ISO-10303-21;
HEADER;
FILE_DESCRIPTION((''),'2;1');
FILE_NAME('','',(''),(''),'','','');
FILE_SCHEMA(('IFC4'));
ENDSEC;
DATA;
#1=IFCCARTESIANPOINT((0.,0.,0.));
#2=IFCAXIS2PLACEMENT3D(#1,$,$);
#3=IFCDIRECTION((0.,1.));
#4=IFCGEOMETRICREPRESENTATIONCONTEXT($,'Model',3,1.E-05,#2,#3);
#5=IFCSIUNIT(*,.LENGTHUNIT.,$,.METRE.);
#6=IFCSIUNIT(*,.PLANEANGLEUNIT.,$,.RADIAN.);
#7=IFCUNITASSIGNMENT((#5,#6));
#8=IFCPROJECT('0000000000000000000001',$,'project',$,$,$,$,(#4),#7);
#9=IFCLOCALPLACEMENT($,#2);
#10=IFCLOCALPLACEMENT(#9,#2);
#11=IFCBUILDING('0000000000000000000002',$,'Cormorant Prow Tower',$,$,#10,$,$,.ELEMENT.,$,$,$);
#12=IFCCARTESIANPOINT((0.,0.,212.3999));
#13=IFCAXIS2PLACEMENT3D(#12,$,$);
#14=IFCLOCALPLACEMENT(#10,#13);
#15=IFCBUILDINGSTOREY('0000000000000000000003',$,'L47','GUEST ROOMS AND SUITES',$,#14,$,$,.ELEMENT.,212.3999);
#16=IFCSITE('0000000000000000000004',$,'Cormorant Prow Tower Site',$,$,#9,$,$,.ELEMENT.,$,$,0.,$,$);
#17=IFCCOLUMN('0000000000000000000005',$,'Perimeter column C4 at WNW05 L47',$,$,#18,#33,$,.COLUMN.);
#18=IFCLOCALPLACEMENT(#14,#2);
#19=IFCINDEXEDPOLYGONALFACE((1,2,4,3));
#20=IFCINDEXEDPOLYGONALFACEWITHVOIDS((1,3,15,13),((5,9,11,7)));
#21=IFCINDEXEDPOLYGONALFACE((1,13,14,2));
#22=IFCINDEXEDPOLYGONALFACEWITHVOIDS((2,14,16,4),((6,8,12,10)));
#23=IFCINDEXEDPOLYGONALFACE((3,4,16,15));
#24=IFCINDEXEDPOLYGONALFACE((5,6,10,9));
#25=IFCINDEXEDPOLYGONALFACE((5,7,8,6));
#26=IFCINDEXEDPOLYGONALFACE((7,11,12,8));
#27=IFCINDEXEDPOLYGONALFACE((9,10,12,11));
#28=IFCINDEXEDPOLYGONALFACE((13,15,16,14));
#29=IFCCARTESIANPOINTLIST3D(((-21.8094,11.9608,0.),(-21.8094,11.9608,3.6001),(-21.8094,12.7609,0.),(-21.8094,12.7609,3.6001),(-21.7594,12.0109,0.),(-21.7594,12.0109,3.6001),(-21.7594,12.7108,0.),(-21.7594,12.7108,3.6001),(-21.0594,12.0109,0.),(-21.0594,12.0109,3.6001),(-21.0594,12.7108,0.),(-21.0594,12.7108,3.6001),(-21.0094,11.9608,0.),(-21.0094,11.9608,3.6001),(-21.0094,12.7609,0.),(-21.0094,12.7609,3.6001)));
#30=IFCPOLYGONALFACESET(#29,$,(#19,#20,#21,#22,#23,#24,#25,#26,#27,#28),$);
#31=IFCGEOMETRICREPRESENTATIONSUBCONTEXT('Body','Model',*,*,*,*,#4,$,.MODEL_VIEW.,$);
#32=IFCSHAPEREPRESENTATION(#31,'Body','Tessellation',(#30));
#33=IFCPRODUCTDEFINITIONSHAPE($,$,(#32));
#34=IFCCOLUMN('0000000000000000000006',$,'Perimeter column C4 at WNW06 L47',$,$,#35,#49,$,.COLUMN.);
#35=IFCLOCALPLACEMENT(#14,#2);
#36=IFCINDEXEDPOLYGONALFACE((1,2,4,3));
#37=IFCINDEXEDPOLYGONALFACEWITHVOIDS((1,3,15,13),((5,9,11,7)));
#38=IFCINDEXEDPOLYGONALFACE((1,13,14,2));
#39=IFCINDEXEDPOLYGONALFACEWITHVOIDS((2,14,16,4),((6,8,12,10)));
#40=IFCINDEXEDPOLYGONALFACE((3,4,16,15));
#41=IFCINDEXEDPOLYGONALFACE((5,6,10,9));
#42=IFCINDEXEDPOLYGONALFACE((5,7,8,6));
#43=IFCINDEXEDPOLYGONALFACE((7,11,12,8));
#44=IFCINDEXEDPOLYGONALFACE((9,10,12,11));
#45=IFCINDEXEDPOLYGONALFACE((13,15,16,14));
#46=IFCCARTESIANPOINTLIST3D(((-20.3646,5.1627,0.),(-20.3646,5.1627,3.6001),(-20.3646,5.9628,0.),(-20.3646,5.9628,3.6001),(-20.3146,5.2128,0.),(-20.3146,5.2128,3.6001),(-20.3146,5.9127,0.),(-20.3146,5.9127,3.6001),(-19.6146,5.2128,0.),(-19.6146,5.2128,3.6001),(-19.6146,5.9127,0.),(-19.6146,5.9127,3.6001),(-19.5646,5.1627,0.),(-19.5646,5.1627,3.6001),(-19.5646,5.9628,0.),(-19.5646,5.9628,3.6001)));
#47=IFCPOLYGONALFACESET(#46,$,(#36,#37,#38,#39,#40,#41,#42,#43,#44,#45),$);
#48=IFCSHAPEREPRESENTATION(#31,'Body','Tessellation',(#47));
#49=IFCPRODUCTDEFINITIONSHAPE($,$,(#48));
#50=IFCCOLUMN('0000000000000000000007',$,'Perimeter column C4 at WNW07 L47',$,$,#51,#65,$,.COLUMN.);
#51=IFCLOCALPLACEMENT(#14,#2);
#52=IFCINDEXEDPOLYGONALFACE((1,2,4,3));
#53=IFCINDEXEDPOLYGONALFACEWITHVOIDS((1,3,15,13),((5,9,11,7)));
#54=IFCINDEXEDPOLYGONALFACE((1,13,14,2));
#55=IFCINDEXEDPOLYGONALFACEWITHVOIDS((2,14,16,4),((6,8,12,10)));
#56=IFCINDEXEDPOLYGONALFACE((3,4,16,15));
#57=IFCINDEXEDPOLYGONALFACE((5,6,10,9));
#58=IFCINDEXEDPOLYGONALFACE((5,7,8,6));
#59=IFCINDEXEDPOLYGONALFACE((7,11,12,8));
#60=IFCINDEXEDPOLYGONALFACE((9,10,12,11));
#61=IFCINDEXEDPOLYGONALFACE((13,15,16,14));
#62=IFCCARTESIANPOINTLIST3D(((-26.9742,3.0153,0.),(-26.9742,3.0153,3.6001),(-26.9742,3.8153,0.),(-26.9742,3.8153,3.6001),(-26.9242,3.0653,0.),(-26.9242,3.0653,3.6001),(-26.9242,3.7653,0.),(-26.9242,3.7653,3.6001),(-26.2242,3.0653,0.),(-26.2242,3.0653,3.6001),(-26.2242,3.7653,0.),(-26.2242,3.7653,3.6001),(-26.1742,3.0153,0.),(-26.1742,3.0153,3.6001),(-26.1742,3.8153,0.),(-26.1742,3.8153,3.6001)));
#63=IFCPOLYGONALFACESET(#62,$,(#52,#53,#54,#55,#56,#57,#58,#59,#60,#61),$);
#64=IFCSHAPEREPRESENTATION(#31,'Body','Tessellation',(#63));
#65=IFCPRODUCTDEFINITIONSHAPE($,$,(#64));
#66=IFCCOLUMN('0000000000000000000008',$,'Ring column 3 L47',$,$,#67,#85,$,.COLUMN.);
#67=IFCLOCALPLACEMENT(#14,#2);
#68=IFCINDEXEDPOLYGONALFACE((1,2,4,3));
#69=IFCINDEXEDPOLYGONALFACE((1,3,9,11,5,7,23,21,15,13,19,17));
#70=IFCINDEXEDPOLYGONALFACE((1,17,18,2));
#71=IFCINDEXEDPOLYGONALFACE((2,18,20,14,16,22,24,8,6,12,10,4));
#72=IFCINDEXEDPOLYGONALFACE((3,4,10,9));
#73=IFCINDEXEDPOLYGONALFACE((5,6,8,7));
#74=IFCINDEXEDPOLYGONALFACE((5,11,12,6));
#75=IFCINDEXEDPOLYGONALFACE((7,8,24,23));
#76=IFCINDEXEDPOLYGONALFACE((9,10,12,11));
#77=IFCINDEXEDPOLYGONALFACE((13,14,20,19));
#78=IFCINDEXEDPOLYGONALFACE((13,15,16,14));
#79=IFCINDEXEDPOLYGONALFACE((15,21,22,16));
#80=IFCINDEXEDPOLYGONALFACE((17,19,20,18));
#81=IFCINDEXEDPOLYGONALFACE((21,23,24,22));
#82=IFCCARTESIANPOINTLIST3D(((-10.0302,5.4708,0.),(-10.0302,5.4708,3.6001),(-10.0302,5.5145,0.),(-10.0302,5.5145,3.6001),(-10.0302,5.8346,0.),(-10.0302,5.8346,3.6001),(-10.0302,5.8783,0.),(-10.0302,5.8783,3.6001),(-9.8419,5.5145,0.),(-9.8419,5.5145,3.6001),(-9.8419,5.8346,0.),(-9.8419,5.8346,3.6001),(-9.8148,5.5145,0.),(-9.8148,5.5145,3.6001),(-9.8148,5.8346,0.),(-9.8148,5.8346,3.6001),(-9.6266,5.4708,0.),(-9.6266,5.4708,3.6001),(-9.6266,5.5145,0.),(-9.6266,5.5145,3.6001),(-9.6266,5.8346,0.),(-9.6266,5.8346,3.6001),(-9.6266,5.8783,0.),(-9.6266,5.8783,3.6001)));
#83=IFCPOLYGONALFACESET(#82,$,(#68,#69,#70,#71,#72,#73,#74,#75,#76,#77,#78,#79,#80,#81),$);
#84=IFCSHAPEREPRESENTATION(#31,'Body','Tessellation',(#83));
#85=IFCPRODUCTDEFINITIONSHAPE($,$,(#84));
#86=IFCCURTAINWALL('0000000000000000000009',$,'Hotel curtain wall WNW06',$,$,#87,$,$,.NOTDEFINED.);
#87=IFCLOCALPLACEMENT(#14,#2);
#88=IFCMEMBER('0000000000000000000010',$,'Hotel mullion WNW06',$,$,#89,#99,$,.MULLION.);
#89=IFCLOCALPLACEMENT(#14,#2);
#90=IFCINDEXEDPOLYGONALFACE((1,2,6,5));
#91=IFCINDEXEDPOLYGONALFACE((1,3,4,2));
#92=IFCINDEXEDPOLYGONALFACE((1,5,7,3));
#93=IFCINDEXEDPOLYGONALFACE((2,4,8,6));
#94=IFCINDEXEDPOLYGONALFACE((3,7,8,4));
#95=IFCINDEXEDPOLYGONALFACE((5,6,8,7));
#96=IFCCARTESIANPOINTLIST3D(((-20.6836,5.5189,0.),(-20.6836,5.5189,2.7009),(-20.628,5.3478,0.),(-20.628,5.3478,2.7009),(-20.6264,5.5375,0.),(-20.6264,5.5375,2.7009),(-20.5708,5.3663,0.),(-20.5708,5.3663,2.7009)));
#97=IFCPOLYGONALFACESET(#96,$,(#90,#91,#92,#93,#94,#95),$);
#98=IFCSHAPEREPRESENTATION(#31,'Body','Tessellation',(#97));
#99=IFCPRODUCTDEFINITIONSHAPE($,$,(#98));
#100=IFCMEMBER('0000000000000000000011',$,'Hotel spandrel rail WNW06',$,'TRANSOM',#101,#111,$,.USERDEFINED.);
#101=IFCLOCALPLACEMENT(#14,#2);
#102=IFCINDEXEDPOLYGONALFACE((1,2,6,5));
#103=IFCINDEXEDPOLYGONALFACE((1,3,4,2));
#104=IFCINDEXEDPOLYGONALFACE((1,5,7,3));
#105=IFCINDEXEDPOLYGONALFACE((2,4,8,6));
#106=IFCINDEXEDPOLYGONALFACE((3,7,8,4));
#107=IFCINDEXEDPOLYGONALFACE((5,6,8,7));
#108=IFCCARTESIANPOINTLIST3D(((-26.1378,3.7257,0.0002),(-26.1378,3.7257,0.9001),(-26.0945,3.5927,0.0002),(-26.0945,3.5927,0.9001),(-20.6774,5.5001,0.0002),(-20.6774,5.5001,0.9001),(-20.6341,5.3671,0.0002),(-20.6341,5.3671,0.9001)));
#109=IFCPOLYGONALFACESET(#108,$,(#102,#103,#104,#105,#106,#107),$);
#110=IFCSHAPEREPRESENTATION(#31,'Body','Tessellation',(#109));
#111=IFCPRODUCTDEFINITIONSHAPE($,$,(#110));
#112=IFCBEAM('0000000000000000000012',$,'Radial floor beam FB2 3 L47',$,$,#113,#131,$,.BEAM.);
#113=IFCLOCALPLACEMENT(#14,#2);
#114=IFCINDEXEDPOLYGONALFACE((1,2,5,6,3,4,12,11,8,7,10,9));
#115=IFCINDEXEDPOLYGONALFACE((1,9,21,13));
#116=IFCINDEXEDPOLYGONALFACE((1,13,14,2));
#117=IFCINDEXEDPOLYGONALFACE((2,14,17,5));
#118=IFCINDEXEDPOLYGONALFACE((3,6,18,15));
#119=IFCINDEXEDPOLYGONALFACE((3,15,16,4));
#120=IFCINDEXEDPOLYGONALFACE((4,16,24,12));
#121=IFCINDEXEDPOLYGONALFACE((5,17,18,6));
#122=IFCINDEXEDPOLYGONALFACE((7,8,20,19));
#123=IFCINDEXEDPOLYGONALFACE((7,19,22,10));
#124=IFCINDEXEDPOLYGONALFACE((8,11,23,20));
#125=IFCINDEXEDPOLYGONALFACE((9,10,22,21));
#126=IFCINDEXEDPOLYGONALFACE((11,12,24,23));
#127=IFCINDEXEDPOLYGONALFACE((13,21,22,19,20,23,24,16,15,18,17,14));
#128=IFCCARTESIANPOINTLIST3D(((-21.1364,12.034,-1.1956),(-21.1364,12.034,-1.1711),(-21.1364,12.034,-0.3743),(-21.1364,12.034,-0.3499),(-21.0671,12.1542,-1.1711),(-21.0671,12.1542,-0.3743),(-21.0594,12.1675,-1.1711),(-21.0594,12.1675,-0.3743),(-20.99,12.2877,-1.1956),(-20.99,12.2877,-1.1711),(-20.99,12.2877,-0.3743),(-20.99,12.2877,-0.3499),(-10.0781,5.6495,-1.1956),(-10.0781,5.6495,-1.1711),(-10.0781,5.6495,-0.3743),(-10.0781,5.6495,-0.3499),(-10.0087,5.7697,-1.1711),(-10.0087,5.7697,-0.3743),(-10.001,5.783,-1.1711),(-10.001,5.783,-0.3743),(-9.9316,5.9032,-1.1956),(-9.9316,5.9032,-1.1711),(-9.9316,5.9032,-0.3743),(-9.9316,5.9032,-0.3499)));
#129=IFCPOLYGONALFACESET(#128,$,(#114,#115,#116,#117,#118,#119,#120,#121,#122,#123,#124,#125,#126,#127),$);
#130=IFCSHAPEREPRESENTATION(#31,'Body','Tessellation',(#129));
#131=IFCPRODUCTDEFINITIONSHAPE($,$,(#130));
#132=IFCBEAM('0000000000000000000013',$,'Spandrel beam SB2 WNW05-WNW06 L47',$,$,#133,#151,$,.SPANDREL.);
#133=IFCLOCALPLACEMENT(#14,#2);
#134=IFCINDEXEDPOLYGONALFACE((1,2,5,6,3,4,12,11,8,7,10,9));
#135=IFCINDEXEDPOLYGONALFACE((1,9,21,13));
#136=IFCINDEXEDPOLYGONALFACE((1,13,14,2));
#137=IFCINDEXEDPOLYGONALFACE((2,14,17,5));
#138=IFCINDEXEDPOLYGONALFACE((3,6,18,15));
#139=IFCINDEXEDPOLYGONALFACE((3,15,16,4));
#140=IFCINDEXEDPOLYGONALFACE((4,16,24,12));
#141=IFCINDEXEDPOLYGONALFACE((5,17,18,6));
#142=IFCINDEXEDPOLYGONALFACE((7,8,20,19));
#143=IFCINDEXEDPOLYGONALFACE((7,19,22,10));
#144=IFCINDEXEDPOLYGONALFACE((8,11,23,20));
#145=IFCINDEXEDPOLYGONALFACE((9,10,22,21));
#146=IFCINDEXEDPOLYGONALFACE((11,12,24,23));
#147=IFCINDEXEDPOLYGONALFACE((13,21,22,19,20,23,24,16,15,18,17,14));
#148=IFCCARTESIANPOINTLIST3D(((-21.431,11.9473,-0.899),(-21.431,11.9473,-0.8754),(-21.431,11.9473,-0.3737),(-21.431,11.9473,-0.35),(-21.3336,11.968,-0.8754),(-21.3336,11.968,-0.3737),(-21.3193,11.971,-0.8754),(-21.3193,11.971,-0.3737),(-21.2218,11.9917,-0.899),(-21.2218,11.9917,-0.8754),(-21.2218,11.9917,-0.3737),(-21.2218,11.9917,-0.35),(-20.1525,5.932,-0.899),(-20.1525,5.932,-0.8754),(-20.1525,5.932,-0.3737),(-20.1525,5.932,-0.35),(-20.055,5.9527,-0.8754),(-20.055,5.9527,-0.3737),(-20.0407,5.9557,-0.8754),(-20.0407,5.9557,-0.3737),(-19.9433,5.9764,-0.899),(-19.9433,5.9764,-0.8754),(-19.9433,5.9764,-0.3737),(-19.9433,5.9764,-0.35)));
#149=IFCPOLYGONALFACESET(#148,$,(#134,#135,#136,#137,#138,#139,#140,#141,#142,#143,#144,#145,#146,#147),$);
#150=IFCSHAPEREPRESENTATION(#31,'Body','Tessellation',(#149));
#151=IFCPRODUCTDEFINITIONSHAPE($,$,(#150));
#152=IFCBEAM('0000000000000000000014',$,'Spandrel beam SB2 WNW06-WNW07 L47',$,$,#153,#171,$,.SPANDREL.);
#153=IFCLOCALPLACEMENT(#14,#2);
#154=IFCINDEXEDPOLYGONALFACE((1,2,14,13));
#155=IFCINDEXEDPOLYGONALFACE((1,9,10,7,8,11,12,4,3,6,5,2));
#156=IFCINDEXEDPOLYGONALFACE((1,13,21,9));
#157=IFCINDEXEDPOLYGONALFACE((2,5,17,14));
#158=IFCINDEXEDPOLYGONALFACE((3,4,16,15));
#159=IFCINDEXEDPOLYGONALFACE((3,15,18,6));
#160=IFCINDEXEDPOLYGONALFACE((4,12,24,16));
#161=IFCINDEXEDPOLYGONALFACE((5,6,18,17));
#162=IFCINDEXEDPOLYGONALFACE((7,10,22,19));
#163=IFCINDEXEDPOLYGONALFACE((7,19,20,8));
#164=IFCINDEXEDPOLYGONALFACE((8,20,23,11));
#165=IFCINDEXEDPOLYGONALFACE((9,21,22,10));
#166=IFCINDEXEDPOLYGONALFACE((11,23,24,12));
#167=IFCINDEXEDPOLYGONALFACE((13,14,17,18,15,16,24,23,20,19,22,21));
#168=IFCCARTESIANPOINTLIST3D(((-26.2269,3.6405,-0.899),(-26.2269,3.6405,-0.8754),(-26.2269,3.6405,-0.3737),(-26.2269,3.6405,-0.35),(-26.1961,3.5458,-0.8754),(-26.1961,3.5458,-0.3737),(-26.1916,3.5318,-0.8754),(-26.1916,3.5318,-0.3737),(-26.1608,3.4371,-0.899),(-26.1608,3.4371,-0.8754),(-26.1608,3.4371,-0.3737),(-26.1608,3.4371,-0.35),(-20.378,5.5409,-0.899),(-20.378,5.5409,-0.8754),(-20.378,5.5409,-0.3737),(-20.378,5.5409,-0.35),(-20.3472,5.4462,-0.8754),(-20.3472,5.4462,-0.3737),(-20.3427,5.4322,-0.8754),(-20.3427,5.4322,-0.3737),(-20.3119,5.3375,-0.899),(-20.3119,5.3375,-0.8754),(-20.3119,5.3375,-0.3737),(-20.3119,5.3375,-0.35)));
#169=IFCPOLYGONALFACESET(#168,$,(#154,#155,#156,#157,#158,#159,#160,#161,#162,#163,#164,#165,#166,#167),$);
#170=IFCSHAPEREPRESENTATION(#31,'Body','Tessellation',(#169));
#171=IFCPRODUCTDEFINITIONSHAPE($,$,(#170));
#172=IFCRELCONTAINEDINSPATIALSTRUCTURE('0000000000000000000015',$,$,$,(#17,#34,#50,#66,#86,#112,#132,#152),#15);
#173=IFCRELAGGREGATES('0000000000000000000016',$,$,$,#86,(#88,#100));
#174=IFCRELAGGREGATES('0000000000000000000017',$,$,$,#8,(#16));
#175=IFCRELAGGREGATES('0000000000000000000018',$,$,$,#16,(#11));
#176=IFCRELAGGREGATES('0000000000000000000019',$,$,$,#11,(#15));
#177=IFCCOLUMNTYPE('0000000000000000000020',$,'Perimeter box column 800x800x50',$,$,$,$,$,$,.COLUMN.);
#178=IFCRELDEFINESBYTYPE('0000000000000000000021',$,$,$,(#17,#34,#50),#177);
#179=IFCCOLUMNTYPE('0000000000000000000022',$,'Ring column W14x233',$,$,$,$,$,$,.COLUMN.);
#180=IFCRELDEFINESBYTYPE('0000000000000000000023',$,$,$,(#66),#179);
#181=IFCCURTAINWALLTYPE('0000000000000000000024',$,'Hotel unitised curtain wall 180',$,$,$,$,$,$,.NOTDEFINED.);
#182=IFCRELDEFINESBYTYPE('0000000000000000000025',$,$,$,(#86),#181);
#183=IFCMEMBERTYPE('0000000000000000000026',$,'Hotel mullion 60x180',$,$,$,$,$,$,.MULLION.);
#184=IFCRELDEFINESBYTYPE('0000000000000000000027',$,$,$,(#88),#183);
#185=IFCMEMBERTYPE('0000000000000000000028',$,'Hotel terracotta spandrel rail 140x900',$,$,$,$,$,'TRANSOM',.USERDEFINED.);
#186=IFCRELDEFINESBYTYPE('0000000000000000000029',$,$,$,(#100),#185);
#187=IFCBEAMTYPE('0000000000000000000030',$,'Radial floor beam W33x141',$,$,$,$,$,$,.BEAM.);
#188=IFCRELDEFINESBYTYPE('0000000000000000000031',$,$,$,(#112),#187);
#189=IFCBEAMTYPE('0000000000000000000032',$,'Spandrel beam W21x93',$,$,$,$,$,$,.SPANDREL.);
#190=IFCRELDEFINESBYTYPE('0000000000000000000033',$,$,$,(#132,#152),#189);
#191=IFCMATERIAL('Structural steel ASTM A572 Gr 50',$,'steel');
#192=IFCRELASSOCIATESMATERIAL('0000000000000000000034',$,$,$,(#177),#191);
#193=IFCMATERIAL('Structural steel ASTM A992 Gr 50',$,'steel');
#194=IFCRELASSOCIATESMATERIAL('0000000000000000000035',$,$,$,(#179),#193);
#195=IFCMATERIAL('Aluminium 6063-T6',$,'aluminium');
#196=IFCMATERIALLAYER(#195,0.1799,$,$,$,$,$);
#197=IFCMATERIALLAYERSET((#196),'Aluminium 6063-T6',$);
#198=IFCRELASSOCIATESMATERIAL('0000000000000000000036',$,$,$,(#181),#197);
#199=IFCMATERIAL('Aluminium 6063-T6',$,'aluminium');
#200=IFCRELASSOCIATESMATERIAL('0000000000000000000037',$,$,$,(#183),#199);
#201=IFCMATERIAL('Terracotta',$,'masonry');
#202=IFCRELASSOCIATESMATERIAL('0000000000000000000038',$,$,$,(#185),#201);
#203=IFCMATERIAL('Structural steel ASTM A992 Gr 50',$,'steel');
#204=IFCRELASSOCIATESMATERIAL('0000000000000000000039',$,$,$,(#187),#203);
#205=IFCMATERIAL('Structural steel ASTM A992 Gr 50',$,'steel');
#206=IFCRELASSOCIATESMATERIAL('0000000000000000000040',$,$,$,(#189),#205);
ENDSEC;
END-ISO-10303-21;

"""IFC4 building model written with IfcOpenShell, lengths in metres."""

from ifc_helpers import new_model, si_unit, direction, frame, origin, origin_2d, place, context, subcontext, project, spatial, rectangle, hollow_rectangle, i_section, extrude, material, layer, layer_set, material_profile, profile_set, type_object, element, aggregate, save


model = new_model("IFC4")

# Units and contexts
model_context = context("Model", 3, precision=1e-05, world=origin(), true_north=direction((0.0, 1.0)))
body_context = subcontext(model_context, "Body", "Model", "MODEL_VIEW")
ifc_project = project(units=[si_unit("LENGTHUNIT", "METRE"), si_unit("PLANEANGLEUNIT", "RADIAN")], contexts=[model_context])

# Site, building, storey
site_placement = place(None, origin())
site = spatial("IfcSite", under=ifc_project, at=site_placement, Name="Cormorant Prow Tower Site", CompositionType="ELEMENT", RefElevation=0.0)
building_placement = place(site_placement, origin())
building = spatial("IfcBuilding", under=site, at=building_placement, Name="Cormorant Prow Tower", CompositionType="ELEMENT")
storey_placement = place(building_placement, frame((0.0, 0.0, 212.3999)))
storey = spatial("IfcBuildingStorey", under=building, at=storey_placement, Name="L47", Description="GUEST ROOMS AND SUITES", CompositionType="ELEMENT", Elevation=212.3999)

# Columns
ifc_material_1 = material(Name="Structural steel ASTM A572 Gr 50", Category="steel")
ifc_material_profile_1 = material_profile(ifc_material_1, hollow_rectangle(XDim=0.8, YDim=0.8, WallThickness=0.05, at=origin_2d()), Name="Box 800x800x50")
ifc_profile_set_1 = profile_set([ifc_material_profile_1], Name="Structural steel ASTM A572 Gr 50")
column_type_1 = type_object("IfcColumnType", Name="Perimeter box column 800x800x50", PredefinedType="COLUMN", material=ifc_profile_set_1)
for number, where, z_axis, x_axis, name in (
    (1, (-21.4094, 12.3608, 0.0), (0.0, 0.0, 1.0), (1.0, 0.0, 0.0), "Perimeter column C4 at WNW05 L47"),
    (2, (-19.9646, 5.5627, 0.0), (0.0, 0.0, 1.0), (1.0, 0.0, 0.0), "Perimeter column C4 at WNW06 L47"),
    (3, (-26.5742, 3.4153, 0.0), (0.0, 0.0, 1.0), (1.0, 0.0, 0.0), "Perimeter column C4 at WNW07 L47"),
):
    element("IfcColumn", number, at=place(storey_placement, frame(where, z_axis=z_axis, x_axis=x_axis)), inside=storey, type_object=column_type_1, Name=name, PredefinedType="COLUMN", context=body_context, shape_type="SweptSolid", body=[
        extrude(hollow_rectangle(XDim=0.8, YDim=0.8, WallThickness=0.05, at=origin_2d()), origin(), (0.0, 0.0, 1.0), 3.6001),
    ])
ifc_material_2 = material(Name="Structural steel ASTM A992 Gr 50", Category="steel")
ifc_material_profile_2 = material_profile(ifc_material_2, i_section(OverallWidth=0.4036, OverallDepth=0.4075, WebThickness=0.0271, FlangeThickness=0.0437, at=origin_2d()), Name="W14x233")
ifc_profile_set_2 = profile_set([ifc_material_profile_2], Name="Structural steel ASTM A992 Gr 50")
column_type_2 = type_object("IfcColumnType", Name="Ring column W14x233", PredefinedType="COLUMN", material=ifc_profile_set_2)
column_placement = place(storey_placement, frame((-9.8284, 5.6746, 0.0), z_axis=(0.0, 0.0, 1.0), x_axis=(1.0, 0.0, 0.0)))
element("IfcColumn", 4, at=column_placement, inside=storey, type_object=column_type_2, Name="Ring column 3 L47", PredefinedType="COLUMN", context=body_context, shape_type="SweptSolid", body=[
    extrude(i_section(OverallWidth=0.4036, OverallDepth=0.4075, WebThickness=0.0271, FlangeThickness=0.0437, at=origin_2d()), origin(), (0.0, 0.0, 1.0), 3.6001),
])

# Curtain wall, members
ifc_material_3 = material(Name="Aluminium 6063-T6", Category="aluminium")
ifc_layer_1 = layer(ifc_material_3, 0.1799)
ifc_layer_set_1 = layer_set([ifc_layer_1], Name="Aluminium 6063-T6")
curtain_wall_type = type_object("IfcCurtainWallType", Name="Hotel unitised curtain wall 180", PredefinedType="NOTDEFINED", material=ifc_layer_set_1)
curtain_wall_placement = place(storey_placement, origin())
curtain_wall = element("IfcCurtainWall", 5, at=curtain_wall_placement, inside=storey, type_object=curtain_wall_type, Name="Hotel curtain wall WNW06", PredefinedType="NOTDEFINED")
ifc_material_4 = material(Name="Aluminium 6063-T6", Category="aluminium")
ifc_material_profile_3 = material_profile(ifc_material_4, rectangle(XDim=0.1799, YDim=0.0601, at=origin_2d()), Name="Hotel mullion 60x180")
ifc_profile_set_3 = profile_set([ifc_material_profile_3], Name="Aluminium 6063-T6")
member_type_1 = type_object("IfcMemberType", Name="Hotel mullion 60x180", PredefinedType="MULLION", material=ifc_profile_set_3)
member_1_placement = place(storey_placement, frame((-20.6272, 5.4426, 0.0), z_axis=(0.0, 0.0, 1.0), x_axis=(0.309017, -0.951057, 0.0)))
member_1 = element("IfcMember", 6, at=member_1_placement, type_object=member_type_1, Name="Hotel mullion WNW06", PredefinedType="MULLION", context=body_context, shape_type="SweptSolid", body=[
    extrude(rectangle(XDim=0.1799, YDim=0.0601, at=origin_2d()), origin(), (0.0, 0.0, 1.0), 2.7009),
])
ifc_material_5 = material(Name="Terracotta", Category="masonry")
ifc_material_profile_4 = material_profile(ifc_material_5, rectangle(XDim=0.1399, YDim=0.8999, at=origin_2d()), Name="Hotel terracotta spandrel rail 140x900")
ifc_profile_set_4 = profile_set([ifc_material_profile_4], Name="Terracotta")
member_type_2 = type_object("IfcMemberType", Name="Hotel terracotta spandrel rail 140x900", ElementType="TRANSOM", PredefinedType="USERDEFINED", material=ifc_profile_set_4)
member_2_placement = place(storey_placement, frame((-20.6558, 5.4336, 0.4502), z_axis=(-0.951046, -0.30905, 0.0), x_axis=(0.30905, -0.951046, 0.0)))
member_2 = element("IfcMember", 7, at=member_2_placement, type_object=member_type_2, Name="Hotel spandrel rail WNW06", ObjectType="TRANSOM", PredefinedType="USERDEFINED", context=body_context, shape_type="SweptSolid", body=[
    extrude(rectangle(XDim=0.1399, YDim=0.8999, at=origin_2d()), origin(), (0.0, 0.0, 1.0), 5.7415),
])

# Beams
ifc_material_6 = material(Name="Structural steel ASTM A992 Gr 50", Category="steel")
ifc_material_profile_5 = material_profile(ifc_material_6, i_section(OverallWidth=0.293, OverallDepth=0.8457, WebThickness=0.0154, FlangeThickness=0.0244, at=origin_2d()), Name="W33x141")
ifc_profile_set_5 = profile_set([ifc_material_profile_5], Name="Structural steel ASTM A992 Gr 50")
beam_type_1 = type_object("IfcBeamType", Name="Radial floor beam W33x141", PredefinedType="BEAM", material=ifc_profile_set_5)
beam_1_placement = place(storey_placement, frame((-10.0049, 5.7764, -0.7727), z_axis=(-0.866026, 0.499999, 0.0), x_axis=(-0.499999, -0.866026, 0.0)))
element("IfcBeam", 8, at=beam_1_placement, inside=storey, type_object=beam_type_1, Name="Radial floor beam FB2 3 L47", PredefinedType="BEAM", context=body_context, shape_type="SweptSolid", body=[
    extrude(i_section(OverallWidth=0.293, OverallDepth=0.8457, WebThickness=0.0154, FlangeThickness=0.0244, at=origin_2d()), origin(), (0.0, 0.0, 1.0), 12.769),
])
ifc_material_7 = material(Name="Structural steel ASTM A992 Gr 50", Category="steel")
ifc_material_profile_6 = material_profile(ifc_material_7, i_section(OverallWidth=0.2139, OverallDepth=0.5491, WebThickness=0.0146, FlangeThickness=0.0237, at=origin_2d()), Name="W21x93")
ifc_profile_set_6 = profile_set([ifc_material_profile_6], Name="Structural steel ASTM A992 Gr 50")
beam_type_2 = type_object("IfcBeamType", Name="Spandrel beam W21x93", PredefinedType="SPANDREL", material=ifc_profile_set_6)
beam_2_placement = place(storey_placement, frame((-21.3264, 11.9695, -0.6245), z_axis=(0.207905, -0.978149, 0.0), x_axis=(0.978149, 0.207905, 0.0)))
element("IfcBeam", 9, at=beam_2_placement, inside=storey, type_object=beam_type_2, Name="Spandrel beam SB2 WNW05-WNW06 L47", PredefinedType="SPANDREL", context=body_context, shape_type="SweptSolid", body=[
    extrude(i_section(OverallWidth=0.2139, OverallDepth=0.5491, WebThickness=0.0146, FlangeThickness=0.0237, at=origin_2d()), origin(), (0.0, 0.0, 1.0), 6.1497),
])
beam_3_placement = place(storey_placement, frame((-20.345, 5.4392, -0.6245), z_axis=(-0.951058, -0.309013, 0.0), x_axis=(0.309013, -0.951058, 0.0)))
element("IfcBeam", 10, at=beam_3_placement, inside=storey, type_object=beam_type_2, Name="Spandrel beam SB2 WNW06-WNW07 L47", PredefinedType="SPANDREL", context=body_context, shape_type="SweptSolid", body=[
    extrude(i_section(OverallWidth=0.2139, OverallDepth=0.5491, WebThickness=0.0146, FlangeThickness=0.0237, at=origin_2d()), origin(), (0.0, 0.0, 1.0), 6.1499),
])

aggregate(curtain_wall, [member_1, member_2])

save(model, "model.ifc")
